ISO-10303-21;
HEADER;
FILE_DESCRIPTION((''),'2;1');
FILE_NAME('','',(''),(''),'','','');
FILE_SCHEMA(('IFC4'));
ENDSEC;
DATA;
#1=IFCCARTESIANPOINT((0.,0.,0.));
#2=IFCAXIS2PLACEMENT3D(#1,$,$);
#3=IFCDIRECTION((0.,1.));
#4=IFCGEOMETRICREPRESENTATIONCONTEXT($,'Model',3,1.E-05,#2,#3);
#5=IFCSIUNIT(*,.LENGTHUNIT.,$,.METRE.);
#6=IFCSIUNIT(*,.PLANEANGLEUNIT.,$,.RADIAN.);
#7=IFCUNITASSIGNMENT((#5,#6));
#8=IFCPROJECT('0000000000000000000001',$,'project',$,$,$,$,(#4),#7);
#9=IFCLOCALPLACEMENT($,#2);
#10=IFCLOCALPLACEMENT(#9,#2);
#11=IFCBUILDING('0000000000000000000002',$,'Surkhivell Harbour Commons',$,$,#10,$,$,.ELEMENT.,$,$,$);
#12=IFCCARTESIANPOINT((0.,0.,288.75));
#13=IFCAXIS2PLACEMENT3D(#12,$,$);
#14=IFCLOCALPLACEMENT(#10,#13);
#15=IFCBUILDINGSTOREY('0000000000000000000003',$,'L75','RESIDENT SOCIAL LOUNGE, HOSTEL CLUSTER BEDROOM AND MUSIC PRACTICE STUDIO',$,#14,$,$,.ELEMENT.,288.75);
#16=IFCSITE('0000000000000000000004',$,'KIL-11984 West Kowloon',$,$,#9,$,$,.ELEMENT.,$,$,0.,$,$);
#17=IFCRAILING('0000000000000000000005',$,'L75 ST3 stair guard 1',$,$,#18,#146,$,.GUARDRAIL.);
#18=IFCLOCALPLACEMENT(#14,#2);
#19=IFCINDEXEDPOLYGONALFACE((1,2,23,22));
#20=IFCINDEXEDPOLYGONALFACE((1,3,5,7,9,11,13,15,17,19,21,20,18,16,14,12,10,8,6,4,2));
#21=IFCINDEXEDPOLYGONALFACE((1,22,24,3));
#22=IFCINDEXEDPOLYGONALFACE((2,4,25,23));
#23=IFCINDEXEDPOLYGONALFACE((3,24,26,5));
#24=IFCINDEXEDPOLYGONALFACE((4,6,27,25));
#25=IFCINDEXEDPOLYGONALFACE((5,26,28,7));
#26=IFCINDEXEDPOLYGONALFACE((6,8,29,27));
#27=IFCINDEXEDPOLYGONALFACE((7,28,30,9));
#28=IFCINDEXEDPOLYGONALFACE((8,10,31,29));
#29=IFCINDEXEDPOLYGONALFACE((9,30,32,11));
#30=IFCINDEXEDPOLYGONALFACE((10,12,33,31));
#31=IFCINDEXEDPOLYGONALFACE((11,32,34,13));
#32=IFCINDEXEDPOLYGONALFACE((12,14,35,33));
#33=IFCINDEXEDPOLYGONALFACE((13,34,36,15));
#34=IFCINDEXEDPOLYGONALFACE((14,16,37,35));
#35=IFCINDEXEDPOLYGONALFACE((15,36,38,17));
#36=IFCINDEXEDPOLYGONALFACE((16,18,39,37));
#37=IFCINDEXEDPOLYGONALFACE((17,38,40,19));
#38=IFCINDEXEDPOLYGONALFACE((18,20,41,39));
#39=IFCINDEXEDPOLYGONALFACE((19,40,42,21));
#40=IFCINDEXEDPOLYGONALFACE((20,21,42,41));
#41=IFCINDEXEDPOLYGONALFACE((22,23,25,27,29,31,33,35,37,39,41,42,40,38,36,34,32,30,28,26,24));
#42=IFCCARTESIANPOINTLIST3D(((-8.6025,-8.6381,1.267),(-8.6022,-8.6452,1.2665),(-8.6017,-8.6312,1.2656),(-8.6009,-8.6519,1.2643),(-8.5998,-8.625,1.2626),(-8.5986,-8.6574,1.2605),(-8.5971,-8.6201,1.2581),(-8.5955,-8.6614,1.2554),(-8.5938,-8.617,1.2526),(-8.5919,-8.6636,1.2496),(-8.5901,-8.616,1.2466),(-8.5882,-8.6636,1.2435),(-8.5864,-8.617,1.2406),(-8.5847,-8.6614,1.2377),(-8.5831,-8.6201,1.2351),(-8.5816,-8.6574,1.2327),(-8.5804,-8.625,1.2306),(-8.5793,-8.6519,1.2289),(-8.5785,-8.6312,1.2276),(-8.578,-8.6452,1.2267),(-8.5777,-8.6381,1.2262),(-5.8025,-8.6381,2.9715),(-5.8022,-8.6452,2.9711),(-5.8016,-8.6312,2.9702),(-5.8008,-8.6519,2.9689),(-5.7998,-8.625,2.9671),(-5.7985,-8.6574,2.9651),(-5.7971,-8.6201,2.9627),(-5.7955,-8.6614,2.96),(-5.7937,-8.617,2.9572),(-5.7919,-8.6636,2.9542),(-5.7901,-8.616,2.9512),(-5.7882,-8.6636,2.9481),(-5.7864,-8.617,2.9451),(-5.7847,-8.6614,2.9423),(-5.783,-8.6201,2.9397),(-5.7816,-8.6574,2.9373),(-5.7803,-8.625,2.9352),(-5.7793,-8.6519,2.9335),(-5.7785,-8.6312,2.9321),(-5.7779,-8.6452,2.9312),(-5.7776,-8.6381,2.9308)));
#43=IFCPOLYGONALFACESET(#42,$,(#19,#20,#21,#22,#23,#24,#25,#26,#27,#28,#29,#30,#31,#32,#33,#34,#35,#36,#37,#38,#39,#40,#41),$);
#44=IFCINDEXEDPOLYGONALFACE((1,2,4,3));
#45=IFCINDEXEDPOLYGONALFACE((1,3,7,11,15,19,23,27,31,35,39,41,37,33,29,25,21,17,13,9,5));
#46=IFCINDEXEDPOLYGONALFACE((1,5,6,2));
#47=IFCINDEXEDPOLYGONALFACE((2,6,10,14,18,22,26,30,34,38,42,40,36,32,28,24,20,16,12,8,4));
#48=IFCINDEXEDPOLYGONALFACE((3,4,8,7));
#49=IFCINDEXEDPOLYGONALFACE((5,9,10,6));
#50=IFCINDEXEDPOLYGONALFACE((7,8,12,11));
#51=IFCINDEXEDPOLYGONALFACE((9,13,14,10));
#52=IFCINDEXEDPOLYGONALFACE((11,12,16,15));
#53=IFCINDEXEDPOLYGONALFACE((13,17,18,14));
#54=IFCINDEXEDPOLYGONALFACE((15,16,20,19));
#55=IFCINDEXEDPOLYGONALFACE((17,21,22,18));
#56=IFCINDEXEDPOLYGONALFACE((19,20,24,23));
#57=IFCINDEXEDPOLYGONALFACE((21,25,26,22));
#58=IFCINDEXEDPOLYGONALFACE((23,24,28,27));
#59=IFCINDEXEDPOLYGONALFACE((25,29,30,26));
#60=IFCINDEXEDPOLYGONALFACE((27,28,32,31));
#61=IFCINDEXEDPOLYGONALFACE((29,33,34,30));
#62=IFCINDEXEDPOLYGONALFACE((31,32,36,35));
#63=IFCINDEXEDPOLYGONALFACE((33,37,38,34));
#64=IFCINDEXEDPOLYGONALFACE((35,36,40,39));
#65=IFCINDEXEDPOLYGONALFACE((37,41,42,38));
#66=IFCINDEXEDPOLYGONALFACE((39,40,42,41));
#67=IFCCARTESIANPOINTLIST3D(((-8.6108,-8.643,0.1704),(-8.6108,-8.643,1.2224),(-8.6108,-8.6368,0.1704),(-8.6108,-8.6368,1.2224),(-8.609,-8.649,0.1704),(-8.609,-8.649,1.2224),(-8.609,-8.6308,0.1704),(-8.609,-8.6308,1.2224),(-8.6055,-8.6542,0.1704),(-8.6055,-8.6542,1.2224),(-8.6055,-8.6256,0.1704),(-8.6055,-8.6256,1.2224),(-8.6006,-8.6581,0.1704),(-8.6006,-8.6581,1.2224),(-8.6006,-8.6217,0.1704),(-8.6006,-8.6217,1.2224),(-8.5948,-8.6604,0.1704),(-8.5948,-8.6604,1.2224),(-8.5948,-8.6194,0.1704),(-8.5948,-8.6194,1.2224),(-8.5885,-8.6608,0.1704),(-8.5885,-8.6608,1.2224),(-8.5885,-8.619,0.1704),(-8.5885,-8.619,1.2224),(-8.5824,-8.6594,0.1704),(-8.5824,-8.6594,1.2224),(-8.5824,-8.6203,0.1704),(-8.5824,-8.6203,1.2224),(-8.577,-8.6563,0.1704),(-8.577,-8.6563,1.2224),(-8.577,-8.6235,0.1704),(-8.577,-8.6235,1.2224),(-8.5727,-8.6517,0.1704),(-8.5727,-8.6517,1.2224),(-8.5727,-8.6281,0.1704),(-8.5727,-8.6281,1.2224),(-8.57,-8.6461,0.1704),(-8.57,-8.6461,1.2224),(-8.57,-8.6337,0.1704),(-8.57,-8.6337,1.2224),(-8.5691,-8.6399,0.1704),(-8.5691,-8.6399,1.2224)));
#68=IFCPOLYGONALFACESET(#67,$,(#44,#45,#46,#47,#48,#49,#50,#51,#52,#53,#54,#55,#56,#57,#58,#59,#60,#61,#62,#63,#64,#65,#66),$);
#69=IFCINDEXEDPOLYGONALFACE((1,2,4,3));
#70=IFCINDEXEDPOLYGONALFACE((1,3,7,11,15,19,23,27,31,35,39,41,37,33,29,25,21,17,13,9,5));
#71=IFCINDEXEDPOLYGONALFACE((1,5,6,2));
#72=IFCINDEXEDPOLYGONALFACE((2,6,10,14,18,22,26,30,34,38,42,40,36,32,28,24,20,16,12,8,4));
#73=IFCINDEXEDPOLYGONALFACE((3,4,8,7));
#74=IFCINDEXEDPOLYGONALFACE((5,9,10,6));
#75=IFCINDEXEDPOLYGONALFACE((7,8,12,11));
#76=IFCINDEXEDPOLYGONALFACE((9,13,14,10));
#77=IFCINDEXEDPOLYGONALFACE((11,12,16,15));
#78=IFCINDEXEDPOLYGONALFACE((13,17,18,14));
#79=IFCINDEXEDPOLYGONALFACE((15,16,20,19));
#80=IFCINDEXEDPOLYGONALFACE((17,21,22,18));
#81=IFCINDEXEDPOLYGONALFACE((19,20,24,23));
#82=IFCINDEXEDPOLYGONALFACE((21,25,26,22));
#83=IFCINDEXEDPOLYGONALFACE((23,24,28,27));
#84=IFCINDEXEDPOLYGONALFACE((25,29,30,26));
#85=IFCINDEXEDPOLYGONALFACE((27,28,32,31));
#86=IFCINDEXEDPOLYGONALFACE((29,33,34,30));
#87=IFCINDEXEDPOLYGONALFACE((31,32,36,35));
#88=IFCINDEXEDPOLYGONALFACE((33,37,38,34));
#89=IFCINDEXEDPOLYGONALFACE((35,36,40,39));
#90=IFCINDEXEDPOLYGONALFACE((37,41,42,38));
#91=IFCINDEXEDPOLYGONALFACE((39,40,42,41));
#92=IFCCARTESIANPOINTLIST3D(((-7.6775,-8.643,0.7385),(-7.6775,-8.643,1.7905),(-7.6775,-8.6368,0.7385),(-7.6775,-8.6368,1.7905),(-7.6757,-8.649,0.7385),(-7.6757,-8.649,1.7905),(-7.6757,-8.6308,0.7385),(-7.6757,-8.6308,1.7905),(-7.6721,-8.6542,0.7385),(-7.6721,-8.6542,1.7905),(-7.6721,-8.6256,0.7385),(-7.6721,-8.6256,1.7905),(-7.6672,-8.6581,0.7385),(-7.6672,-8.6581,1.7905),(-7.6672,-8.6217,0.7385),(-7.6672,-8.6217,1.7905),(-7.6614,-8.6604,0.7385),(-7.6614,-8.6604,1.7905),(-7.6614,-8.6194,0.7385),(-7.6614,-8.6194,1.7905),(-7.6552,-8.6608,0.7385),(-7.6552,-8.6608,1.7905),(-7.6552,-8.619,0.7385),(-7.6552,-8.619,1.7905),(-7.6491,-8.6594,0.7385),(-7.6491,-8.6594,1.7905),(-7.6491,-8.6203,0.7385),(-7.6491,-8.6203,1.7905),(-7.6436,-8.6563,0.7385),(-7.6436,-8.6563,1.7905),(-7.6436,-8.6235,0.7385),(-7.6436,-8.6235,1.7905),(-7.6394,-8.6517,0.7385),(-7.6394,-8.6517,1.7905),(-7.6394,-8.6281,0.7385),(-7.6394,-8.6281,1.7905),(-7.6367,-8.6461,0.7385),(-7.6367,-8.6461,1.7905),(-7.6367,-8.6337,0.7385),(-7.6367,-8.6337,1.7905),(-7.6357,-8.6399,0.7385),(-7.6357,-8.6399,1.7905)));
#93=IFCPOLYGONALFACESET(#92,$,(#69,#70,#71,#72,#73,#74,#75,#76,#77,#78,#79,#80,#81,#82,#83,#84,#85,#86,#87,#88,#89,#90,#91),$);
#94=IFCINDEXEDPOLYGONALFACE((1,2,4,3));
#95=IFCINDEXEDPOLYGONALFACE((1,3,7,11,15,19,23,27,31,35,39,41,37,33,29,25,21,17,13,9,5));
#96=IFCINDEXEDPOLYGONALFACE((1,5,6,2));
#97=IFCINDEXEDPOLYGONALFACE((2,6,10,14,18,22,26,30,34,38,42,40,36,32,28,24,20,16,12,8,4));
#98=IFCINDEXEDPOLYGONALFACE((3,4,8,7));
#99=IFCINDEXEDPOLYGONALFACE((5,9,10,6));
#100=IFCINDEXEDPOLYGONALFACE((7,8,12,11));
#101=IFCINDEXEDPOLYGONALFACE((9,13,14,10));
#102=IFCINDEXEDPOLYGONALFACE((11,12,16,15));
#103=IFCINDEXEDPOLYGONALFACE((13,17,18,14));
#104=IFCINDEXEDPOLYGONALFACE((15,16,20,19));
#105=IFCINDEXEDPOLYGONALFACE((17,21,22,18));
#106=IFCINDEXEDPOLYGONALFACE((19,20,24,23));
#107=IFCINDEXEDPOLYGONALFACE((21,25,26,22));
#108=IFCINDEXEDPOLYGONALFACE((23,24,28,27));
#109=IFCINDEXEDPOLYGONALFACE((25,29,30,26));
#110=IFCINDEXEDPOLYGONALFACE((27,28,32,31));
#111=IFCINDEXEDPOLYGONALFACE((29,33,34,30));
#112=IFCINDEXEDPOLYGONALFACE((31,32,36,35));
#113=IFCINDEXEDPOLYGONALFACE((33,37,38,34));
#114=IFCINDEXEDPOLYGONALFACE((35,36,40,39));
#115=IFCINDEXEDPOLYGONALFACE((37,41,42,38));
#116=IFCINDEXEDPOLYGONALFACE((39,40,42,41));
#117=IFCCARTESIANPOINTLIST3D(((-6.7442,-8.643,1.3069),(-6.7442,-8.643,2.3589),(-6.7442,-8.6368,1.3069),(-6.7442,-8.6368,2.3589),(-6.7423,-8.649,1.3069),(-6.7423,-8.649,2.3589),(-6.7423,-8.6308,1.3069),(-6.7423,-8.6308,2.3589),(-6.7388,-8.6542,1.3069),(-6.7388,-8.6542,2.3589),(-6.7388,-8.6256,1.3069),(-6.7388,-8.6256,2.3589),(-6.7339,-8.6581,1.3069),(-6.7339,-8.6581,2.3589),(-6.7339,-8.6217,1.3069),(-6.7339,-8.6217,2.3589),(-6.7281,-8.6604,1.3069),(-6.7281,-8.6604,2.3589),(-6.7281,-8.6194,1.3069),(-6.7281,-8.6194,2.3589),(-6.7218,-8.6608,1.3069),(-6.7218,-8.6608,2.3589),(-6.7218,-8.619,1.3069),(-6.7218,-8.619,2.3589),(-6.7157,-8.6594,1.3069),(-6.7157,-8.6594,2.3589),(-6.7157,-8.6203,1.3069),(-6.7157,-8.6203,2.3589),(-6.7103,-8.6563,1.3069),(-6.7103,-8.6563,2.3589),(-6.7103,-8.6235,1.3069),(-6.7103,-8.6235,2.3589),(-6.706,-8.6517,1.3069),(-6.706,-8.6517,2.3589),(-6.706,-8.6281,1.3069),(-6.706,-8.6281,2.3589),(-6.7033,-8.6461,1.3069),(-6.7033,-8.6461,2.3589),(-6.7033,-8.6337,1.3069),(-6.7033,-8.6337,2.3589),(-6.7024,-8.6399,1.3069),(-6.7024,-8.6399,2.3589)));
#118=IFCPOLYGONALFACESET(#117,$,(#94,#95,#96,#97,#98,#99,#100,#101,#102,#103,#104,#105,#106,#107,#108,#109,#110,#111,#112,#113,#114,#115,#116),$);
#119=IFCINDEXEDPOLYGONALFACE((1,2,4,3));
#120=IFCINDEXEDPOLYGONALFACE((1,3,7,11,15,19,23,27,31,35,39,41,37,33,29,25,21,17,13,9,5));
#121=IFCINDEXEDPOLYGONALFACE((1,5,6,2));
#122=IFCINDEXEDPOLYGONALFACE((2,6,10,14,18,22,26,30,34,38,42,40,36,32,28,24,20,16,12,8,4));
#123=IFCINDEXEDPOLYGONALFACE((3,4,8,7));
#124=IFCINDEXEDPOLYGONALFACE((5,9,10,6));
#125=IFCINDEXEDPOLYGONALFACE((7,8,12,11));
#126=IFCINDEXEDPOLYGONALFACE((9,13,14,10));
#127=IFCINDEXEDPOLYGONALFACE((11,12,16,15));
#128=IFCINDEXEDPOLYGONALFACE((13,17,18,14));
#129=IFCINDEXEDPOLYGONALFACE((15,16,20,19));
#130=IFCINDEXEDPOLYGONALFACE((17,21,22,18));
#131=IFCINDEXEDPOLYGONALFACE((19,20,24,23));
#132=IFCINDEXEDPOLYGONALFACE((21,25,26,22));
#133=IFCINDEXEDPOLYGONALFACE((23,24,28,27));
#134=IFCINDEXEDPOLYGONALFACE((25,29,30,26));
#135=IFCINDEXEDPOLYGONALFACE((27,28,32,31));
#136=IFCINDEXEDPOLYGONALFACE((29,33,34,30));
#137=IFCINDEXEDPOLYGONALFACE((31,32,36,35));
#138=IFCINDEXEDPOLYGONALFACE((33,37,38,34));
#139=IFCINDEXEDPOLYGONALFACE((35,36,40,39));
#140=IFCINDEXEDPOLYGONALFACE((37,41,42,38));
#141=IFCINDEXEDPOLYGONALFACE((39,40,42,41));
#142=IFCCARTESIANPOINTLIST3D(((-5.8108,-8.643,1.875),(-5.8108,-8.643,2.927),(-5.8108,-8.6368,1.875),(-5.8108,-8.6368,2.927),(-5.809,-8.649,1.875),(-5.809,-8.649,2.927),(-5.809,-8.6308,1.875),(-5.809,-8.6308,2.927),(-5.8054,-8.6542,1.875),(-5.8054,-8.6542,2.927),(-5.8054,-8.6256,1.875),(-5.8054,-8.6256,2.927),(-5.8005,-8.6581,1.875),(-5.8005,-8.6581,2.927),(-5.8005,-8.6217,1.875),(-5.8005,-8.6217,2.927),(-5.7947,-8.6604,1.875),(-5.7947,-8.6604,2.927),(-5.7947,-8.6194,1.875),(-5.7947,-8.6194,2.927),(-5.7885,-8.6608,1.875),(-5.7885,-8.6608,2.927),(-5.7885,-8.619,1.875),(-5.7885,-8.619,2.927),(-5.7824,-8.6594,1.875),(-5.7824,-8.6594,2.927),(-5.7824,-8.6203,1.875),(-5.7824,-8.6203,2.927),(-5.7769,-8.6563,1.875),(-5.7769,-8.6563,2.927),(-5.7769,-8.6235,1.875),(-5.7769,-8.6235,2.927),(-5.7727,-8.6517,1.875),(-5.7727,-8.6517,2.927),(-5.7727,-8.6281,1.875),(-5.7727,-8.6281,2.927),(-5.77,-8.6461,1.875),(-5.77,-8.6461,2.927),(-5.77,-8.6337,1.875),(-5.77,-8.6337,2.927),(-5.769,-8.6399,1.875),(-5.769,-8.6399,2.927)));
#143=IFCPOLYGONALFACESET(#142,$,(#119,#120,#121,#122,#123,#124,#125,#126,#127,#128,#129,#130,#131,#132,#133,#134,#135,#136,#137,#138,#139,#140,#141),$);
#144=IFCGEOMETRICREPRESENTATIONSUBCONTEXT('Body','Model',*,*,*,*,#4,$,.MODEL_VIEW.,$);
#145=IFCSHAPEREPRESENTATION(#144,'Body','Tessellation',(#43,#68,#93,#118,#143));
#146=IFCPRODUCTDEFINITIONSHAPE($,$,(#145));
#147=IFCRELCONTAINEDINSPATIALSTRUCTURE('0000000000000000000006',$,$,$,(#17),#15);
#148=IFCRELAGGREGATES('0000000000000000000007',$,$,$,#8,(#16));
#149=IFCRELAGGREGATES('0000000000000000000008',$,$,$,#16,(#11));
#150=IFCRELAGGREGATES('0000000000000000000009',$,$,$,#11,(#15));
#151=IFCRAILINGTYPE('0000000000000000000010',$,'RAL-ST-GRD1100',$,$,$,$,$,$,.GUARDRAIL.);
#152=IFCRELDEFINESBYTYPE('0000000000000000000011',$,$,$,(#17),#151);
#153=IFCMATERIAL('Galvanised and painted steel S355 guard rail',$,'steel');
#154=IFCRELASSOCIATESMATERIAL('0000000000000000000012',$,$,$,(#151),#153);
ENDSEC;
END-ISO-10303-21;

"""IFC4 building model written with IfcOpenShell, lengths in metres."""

from ifc_helpers import new_model, si_unit, direction, frame, origin, origin_2d, place, context, subcontext, project, spatial, circle, extrude, material, type_object, element, save


model = new_model("IFC4")

# Units and contexts
model_context = context("Model", 3, precision=1e-05, world=origin(), true_north=direction((0.0, 1.0)))
body_context = subcontext(model_context, "Body", "Model", "MODEL_VIEW")
ifc_project = project(units=[si_unit("LENGTHUNIT", "METRE"), si_unit("PLANEANGLEUNIT", "RADIAN")], contexts=[model_context])

# Site, building, storey
site_placement = place(None, origin())
site = spatial("IfcSite", under=ifc_project, at=site_placement, Name="KIL-11984 West Kowloon", CompositionType="ELEMENT", RefElevation=0.0)
building_placement = place(site_placement, origin())
building = spatial("IfcBuilding", under=site, at=building_placement, Name="Surkhivell Harbour Commons", CompositionType="ELEMENT")
storey_placement = place(building_placement, frame((0.0, 0.0, 288.75)))
storey = spatial("IfcBuildingStorey", under=building, at=storey_placement, Name="L75", Description="RESIDENT SOCIAL LOUNGE, HOSTEL CLUSTER BEDROOM AND MUSIC PRACTICE STUDIO", CompositionType="ELEMENT", Elevation=288.75)

# Railing
ifc_material_1 = material(Name="Galvanised and painted steel S355 guard rail", Category="steel")
railing_type_1 = type_object("IfcRailingType", Name="RAL-ST-GRD1100", PredefinedType="GUARDRAIL", material=ifc_material_1)
railing_1_placement = place(storey_placement, frame((-8.5901, -8.6399, 0.1704)))
element("IfcRailing", 1, at=railing_1_placement, inside=storey, type_object=railing_type_1, Name="L75 ST3 stair guard 1", PredefinedType="GUARDRAIL", context=body_context, shape_type="SweptSolid", body=[
    extrude(circle(Radius=0.0239, at=origin_2d()), frame((0.0, 0.0, 1.0762), z_axis=(0.85417, 0.0, 0.519994), x_axis=(0.0, 1.0, 0.0)), (0.0, 0.0, 1.0), 3.2781),
    extrude(circle(Radius=0.021, at=origin_2d()), origin(), (0.0, 0.0, 1.0), 1.052),
    extrude(circle(Radius=0.021, at=origin_2d()), frame((0.9333, 0.0, 0.5681)), (0.0, 0.0, 1.0), 1.052),
    extrude(circle(Radius=0.021, at=origin_2d()), frame((1.8667, 0.0, 1.1365)), (0.0, 0.0, 1.0), 1.052),
    extrude(circle(Radius=0.021, at=origin_2d()), frame((2.8, 0.0, 1.7046)), (0.0, 0.0, 1.0), 1.052),
])

save(model, "model.ifc")
